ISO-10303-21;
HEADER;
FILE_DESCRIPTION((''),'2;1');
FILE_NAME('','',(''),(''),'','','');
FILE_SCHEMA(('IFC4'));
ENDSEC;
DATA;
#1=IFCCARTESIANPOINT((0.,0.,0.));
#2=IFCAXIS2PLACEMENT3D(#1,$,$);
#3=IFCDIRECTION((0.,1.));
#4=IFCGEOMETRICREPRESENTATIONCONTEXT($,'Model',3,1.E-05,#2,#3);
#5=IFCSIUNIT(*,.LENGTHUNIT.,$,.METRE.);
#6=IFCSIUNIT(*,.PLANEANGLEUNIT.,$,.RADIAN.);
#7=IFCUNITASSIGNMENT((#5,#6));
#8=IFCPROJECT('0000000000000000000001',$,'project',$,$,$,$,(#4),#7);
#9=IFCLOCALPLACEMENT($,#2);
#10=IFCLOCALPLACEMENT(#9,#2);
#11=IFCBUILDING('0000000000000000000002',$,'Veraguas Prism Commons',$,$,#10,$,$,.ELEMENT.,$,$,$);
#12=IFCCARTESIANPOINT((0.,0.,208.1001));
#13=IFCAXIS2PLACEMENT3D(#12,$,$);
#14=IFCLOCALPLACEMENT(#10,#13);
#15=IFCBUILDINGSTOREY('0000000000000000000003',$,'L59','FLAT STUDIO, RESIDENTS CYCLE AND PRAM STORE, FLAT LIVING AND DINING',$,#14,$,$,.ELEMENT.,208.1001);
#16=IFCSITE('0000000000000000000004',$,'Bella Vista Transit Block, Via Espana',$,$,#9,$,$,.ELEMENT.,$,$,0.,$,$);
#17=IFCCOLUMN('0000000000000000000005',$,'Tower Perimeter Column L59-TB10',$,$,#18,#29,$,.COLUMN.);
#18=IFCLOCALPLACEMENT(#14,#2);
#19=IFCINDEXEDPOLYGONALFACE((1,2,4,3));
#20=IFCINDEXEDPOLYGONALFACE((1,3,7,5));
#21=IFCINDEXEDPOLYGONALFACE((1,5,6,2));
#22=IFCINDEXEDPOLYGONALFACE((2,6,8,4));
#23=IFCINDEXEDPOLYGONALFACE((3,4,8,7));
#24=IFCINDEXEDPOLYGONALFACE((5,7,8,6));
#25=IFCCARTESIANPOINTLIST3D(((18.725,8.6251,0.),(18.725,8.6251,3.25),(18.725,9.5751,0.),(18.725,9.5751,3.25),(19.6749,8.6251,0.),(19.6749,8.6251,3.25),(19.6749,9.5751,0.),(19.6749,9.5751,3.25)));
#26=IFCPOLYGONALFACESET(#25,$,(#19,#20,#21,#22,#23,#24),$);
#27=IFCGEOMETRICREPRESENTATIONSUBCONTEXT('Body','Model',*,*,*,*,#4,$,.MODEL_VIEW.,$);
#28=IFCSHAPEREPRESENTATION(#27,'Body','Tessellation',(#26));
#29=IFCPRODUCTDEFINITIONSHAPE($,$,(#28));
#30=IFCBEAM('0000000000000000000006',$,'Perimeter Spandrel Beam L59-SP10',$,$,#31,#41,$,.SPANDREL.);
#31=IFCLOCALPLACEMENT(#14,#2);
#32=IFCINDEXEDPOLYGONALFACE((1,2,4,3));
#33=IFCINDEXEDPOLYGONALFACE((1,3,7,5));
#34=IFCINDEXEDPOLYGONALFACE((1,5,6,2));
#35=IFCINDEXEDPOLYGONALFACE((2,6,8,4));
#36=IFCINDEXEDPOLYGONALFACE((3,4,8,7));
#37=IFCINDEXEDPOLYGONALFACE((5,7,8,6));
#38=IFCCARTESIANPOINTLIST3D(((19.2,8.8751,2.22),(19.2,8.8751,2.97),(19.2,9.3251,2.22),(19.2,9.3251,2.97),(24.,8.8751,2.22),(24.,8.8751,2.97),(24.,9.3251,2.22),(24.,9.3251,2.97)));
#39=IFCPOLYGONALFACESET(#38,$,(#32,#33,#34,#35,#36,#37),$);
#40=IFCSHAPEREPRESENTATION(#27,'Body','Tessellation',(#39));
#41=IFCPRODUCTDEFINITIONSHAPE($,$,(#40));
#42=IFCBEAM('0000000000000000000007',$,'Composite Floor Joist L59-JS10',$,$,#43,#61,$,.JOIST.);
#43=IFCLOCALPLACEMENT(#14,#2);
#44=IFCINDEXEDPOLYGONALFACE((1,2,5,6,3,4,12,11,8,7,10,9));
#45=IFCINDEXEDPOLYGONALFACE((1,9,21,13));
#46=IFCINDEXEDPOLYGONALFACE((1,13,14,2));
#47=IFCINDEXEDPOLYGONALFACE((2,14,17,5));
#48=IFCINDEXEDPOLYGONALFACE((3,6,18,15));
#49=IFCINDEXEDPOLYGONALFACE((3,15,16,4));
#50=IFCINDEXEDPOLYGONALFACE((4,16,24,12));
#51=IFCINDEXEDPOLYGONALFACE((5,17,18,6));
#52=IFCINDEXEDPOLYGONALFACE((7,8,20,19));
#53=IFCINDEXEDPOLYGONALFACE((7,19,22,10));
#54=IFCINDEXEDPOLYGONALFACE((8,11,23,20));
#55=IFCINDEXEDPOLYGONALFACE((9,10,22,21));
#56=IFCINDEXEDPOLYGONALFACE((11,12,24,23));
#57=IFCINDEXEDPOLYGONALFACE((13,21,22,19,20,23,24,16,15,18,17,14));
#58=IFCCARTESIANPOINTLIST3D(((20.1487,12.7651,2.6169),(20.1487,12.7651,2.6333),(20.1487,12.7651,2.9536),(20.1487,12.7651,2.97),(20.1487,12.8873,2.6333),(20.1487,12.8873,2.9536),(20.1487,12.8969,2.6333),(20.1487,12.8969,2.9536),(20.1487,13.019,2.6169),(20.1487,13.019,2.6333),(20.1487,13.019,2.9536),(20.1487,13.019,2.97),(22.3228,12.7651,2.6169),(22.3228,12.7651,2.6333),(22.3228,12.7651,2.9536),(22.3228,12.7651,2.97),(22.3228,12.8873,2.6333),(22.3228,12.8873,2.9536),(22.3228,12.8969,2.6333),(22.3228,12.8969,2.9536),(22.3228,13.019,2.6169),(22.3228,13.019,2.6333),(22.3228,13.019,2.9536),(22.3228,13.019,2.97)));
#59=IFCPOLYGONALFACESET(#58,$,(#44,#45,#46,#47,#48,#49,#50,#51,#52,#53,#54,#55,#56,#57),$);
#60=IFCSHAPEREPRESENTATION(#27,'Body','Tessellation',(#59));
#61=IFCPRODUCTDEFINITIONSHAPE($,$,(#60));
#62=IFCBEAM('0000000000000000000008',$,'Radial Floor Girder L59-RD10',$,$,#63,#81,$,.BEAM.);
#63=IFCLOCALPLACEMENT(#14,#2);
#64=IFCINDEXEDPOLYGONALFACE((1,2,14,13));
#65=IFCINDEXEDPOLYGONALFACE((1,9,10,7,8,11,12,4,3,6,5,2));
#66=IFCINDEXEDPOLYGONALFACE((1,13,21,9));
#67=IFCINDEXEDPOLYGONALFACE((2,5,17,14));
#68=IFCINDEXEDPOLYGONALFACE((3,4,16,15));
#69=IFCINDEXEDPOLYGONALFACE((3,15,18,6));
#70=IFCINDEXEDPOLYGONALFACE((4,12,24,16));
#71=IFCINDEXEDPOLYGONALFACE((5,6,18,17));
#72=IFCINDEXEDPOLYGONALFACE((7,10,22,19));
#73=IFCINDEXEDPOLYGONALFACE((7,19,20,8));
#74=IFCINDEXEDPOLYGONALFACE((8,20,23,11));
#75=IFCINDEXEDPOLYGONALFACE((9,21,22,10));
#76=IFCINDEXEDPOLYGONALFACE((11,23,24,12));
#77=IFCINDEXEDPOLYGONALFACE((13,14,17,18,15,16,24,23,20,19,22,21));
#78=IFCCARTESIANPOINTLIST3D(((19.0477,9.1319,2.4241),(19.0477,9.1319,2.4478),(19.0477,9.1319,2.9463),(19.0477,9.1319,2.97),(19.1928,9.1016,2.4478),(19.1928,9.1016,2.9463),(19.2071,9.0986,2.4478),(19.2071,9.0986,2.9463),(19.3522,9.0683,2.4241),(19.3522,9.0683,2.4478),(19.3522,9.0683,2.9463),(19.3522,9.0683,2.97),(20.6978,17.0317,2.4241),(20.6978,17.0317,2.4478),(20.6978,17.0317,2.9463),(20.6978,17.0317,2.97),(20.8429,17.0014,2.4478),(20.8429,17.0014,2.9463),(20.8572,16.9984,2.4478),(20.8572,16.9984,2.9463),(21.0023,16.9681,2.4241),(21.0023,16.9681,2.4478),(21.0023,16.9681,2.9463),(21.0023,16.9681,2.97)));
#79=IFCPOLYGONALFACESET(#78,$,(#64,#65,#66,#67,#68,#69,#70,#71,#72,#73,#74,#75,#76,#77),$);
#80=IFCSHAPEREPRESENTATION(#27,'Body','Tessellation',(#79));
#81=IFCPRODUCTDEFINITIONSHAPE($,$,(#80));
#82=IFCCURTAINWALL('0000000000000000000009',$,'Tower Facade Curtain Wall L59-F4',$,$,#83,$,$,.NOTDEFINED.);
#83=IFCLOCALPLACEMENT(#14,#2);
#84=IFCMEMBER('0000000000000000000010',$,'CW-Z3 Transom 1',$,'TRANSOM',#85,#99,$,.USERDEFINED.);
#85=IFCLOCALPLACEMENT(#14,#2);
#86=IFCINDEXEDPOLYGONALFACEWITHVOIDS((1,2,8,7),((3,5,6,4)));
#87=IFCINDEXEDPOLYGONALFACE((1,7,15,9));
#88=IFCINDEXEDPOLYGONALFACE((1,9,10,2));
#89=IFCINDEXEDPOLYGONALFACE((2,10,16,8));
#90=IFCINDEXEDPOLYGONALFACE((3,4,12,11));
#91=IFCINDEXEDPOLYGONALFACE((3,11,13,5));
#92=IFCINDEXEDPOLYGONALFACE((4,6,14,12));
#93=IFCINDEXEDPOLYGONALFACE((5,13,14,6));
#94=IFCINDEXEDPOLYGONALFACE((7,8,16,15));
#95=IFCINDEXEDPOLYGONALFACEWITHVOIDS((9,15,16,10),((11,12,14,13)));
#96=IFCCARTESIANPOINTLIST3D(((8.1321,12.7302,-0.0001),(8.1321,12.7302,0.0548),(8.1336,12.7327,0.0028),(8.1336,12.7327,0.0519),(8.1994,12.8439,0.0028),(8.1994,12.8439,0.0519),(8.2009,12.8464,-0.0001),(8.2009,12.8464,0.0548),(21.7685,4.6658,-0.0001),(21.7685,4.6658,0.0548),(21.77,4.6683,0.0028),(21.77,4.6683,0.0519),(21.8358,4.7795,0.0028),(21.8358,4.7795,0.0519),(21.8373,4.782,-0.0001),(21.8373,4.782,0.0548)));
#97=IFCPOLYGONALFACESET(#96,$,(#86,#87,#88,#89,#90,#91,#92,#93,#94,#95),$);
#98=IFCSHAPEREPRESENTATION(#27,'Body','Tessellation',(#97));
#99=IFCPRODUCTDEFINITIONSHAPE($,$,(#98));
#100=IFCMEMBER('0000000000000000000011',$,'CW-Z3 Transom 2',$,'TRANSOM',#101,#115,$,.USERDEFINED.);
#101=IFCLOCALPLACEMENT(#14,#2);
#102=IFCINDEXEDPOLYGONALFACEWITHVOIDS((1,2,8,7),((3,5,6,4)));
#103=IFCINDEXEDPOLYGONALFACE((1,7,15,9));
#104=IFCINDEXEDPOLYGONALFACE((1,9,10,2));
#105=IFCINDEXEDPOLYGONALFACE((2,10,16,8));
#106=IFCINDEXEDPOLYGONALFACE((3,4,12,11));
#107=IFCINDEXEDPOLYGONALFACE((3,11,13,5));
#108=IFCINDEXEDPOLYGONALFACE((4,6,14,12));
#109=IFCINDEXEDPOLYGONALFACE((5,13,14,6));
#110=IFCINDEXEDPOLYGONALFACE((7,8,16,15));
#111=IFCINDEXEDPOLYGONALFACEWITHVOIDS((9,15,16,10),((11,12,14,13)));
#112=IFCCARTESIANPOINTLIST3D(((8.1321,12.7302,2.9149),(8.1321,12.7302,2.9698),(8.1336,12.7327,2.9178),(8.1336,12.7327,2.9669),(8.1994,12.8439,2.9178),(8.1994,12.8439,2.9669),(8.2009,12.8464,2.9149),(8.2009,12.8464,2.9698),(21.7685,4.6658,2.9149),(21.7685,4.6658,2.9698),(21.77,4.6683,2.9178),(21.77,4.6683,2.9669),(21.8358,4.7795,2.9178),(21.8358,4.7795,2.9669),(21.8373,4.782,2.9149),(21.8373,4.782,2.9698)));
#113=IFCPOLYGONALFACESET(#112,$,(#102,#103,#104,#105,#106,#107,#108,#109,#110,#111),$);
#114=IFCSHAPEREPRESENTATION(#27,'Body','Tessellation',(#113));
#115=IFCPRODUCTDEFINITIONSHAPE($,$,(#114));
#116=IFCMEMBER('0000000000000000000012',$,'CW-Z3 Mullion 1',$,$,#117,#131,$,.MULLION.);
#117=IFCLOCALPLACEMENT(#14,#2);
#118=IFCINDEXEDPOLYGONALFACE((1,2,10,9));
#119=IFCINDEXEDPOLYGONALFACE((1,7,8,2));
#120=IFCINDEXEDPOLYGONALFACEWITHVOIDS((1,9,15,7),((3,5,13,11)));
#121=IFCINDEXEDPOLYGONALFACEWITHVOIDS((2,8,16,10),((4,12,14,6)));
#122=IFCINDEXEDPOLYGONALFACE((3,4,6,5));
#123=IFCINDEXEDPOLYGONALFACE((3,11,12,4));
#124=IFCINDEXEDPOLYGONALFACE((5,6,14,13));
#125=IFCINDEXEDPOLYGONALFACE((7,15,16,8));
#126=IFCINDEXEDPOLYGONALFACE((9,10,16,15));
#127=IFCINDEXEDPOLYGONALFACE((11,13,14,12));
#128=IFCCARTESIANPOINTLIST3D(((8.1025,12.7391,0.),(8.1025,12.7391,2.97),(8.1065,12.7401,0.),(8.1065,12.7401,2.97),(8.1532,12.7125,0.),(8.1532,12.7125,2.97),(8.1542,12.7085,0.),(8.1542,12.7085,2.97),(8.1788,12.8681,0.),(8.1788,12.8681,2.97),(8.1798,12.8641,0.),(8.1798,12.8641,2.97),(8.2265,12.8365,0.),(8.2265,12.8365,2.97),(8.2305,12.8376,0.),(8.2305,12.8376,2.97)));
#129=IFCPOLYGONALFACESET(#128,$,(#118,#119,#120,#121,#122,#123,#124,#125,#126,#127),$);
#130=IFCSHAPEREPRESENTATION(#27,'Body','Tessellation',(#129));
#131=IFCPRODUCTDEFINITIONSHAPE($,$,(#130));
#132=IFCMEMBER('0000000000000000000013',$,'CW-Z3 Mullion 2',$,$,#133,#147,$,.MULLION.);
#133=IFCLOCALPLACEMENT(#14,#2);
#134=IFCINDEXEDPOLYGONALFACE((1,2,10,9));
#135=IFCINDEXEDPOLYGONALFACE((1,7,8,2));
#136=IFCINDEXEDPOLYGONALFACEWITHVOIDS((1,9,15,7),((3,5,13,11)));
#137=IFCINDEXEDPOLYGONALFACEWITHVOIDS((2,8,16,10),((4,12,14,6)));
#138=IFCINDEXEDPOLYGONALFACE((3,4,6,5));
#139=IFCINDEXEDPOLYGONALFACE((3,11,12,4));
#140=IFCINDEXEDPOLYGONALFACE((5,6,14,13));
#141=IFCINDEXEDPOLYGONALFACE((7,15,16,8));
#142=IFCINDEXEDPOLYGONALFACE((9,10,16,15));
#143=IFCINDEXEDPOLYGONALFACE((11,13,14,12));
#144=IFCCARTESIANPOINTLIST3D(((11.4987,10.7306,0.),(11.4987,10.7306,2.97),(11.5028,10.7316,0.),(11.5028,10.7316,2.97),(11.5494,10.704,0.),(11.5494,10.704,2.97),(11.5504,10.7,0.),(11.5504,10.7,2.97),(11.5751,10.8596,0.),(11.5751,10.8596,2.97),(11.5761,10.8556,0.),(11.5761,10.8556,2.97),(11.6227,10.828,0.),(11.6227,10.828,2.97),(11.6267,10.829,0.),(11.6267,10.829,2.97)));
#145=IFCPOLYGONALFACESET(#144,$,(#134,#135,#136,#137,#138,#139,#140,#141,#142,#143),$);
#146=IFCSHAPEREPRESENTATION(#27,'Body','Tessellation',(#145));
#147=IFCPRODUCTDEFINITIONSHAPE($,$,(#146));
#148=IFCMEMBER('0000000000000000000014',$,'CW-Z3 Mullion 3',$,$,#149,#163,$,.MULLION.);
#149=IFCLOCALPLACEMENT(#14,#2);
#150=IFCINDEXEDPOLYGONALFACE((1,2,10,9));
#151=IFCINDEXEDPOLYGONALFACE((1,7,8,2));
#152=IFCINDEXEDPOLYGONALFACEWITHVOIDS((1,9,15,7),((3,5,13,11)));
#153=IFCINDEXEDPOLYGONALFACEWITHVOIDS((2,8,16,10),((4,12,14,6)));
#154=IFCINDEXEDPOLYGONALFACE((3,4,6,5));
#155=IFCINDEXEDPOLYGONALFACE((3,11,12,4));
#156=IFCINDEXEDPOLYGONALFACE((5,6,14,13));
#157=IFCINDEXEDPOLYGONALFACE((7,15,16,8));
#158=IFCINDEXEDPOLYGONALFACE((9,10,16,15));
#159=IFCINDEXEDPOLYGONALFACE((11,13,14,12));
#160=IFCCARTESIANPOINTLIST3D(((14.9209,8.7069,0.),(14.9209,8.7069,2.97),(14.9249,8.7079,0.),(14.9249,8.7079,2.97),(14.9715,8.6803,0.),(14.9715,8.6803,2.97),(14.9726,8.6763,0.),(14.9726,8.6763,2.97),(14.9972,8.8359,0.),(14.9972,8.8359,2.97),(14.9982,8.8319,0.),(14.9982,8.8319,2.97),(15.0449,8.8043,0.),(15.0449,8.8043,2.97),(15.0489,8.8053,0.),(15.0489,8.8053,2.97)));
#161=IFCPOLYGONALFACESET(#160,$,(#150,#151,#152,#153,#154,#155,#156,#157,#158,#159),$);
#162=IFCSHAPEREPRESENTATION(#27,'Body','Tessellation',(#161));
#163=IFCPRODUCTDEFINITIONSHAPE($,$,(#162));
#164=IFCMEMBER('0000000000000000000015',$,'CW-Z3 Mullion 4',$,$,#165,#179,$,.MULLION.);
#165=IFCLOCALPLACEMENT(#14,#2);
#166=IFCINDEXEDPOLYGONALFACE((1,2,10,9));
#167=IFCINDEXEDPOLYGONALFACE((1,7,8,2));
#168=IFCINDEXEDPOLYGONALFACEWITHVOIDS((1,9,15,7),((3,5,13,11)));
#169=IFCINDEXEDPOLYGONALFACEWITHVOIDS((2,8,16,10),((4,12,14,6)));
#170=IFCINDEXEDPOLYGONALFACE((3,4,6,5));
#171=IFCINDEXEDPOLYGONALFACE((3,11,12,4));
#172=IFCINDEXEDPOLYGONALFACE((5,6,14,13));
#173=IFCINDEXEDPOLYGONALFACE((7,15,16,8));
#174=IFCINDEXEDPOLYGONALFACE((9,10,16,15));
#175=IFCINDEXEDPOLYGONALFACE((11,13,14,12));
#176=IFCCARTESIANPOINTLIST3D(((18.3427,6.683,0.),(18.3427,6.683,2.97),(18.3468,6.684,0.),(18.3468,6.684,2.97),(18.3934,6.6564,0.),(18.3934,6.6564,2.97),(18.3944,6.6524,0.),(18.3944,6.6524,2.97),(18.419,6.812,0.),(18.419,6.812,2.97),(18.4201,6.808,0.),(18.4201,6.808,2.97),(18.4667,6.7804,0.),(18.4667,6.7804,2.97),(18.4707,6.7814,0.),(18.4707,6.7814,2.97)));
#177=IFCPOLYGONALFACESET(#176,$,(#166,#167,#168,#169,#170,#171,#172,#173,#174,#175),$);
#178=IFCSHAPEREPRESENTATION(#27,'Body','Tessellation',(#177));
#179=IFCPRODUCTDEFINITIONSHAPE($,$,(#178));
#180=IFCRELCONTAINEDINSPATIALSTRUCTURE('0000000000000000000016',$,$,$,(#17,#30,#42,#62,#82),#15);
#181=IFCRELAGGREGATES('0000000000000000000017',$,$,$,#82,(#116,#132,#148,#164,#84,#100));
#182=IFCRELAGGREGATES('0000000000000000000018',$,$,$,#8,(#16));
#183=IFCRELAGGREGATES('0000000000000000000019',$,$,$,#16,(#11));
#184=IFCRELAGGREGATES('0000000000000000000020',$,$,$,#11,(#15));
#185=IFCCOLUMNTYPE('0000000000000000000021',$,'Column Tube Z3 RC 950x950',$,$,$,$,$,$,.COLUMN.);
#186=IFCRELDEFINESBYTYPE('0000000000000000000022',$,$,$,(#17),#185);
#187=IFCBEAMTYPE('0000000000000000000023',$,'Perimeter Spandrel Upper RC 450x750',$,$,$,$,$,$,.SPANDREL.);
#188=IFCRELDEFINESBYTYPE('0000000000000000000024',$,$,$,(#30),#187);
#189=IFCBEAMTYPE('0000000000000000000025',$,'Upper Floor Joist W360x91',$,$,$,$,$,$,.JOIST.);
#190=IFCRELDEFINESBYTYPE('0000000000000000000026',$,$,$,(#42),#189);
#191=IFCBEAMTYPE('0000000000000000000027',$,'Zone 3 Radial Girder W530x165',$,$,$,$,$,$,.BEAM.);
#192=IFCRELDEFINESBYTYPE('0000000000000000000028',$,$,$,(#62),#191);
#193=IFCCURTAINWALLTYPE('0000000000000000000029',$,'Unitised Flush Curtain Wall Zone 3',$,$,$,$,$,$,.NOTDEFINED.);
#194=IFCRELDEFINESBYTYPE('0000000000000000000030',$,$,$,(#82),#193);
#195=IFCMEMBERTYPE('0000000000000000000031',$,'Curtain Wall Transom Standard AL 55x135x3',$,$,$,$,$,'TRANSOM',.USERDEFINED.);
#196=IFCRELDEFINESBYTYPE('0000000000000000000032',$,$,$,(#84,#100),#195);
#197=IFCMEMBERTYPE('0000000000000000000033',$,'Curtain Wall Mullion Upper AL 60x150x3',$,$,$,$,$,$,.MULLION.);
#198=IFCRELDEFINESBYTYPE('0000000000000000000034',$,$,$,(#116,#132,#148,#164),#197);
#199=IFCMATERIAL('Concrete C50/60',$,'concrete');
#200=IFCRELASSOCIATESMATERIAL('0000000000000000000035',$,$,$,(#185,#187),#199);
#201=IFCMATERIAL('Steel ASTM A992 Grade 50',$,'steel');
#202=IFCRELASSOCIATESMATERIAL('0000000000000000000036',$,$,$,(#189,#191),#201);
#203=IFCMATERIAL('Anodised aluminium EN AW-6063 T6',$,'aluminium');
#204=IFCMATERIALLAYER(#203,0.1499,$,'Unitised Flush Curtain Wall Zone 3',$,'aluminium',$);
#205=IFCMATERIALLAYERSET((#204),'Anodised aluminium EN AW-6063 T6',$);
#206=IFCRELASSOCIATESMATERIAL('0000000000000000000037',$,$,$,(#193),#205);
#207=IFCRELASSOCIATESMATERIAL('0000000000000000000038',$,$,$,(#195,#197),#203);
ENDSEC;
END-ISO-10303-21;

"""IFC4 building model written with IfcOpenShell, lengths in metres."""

from ifc_helpers import new_model, si_unit, direction, frame, origin, origin_2d, place, context, subcontext, project, spatial, rectangle, hollow_rectangle, i_section, extrude, source, transform, mapped, material, layer, layer_set, material_profile, profile_set, type_object, element, aggregate, save


model = new_model("IFC4")

# Units and contexts
model_context = context("Model", 3, precision=1e-05, world=origin(), true_north=direction((0.0, 1.0)))
body_context = subcontext(model_context, "Body", "Model", "MODEL_VIEW")
ifc_project = project(units=[si_unit("LENGTHUNIT", "METRE"), si_unit("PLANEANGLEUNIT", "RADIAN")], contexts=[model_context])

# Site, building, storey
site_placement = place(None, origin())
site = spatial("IfcSite", under=ifc_project, at=site_placement, Name="Bella Vista Transit Block, Via Espana", CompositionType="ELEMENT", RefElevation=0.0)
building_placement = place(site_placement, origin())
building = spatial("IfcBuilding", under=site, at=building_placement, Name="Veraguas Prism Commons", CompositionType="ELEMENT")
storey_placement = place(building_placement, frame((0.0, 0.0, 208.1001)))
storey = spatial("IfcBuildingStorey", under=building, at=storey_placement, Name="L59", Description="FLAT STUDIO, RESIDENTS CYCLE AND PRAM STORE, FLAT LIVING AND DINING", CompositionType="ELEMENT", Elevation=208.1001)

# Column
ifc_material_1 = material(Name="Concrete C50/60", Category="concrete")
ifc_material_profile_1 = material_profile(ifc_material_1, rectangle(XDim=0.95, YDim=0.95, at=origin_2d()), Name="RC950X950")
ifc_profile_set_1 = profile_set([ifc_material_profile_1], Name="Concrete C50/60")
column_type = type_object("IfcColumnType", Name="Column Tube Z3 RC 950x950", PredefinedType="COLUMN", material=ifc_profile_set_1)
column_placement = place(storey_placement, frame((19.2, 9.1001, 0.0), z_axis=(0.0, 0.0, 1.0), x_axis=(1.0, 0.0, 0.0)))
element("IfcColumn", 1, at=column_placement, inside=storey, type_object=column_type, Name="Tower Perimeter Column L59-TB10", PredefinedType="COLUMN", context=body_context, shape_type="SweptSolid", body=[
    extrude(rectangle(XDim=0.95, YDim=0.95, at=origin_2d()), origin(), (0.0, 0.0, 1.0), 3.25),
])

# Beams
ifc_material_profile_2 = material_profile(ifc_material_1, rectangle(XDim=0.45, YDim=0.75, at=origin_2d()), Name="RC450X750")
ifc_profile_set_2 = profile_set([ifc_material_profile_2], Name="Concrete C50/60")
beam_type_1 = type_object("IfcBeamType", Name="Perimeter Spandrel Upper RC 450x750", PredefinedType="SPANDREL", material=ifc_profile_set_2)
beam_1_placement = place(storey_placement, frame((19.2, 9.1001, 2.595), z_axis=(1.0, 0.0, 0.0), x_axis=(0.0, 1.0, 0.0)))
element("IfcBeam", 2, at=beam_1_placement, inside=storey, type_object=beam_type_1, Name="Perimeter Spandrel Beam L59-SP10", PredefinedType="SPANDREL", context=body_context, shape_type="SweptSolid", body=[
    extrude(rectangle(XDim=0.45, YDim=0.75, at=origin_2d()), origin(), (0.0, 0.0, 1.0), 4.8),
])
ifc_material_2 = material(Name="Steel ASTM A992 Grade 50", Category="steel")
ifc_material_profile_3 = material_profile(ifc_material_2, i_section(OverallWidth=0.2539, OverallDepth=0.353, WebThickness=0.0095, FlangeThickness=0.0164, at=origin_2d()), Name="W360X91")
ifc_profile_set_3 = profile_set([ifc_material_profile_3], Name="Steel ASTM A992 Grade 50")
beam_type_2 = type_object("IfcBeamType", Name="Upper Floor Joist W360x91", PredefinedType="JOIST", material=ifc_profile_set_3)
beam_2_placement = place(storey_placement, frame((20.1487, 12.8921, 2.7935), z_axis=(1.0, 0.0, 0.0), x_axis=(0.0, 1.0, 0.0)))
element("IfcBeam", 3, at=beam_2_placement, inside=storey, type_object=beam_type_2, Name="Composite Floor Joist L59-JS10", PredefinedType="JOIST", context=body_context, shape_type="SweptSolid", body=[
    extrude(i_section(OverallWidth=0.2539, OverallDepth=0.353, WebThickness=0.0095, FlangeThickness=0.0164, at=origin_2d()), origin(), (0.0, 0.0, 1.0), 2.1741),
])
ifc_material_profile_4 = material_profile(ifc_material_2, i_section(OverallWidth=0.311, OverallDepth=0.5459, WebThickness=0.0146, FlangeThickness=0.0237, at=origin_2d()), Name="W530X165")
ifc_profile_set_4 = profile_set([ifc_material_profile_4], Name="Steel ASTM A992 Grade 50")
beam_type_3 = type_object("IfcBeamType", Name="Zone 3 Radial Girder W530x165", PredefinedType="BEAM", material=ifc_profile_set_4)
beam_3_placement = place(storey_placement, frame((19.2, 9.1001, 2.697), z_axis=(0.204469, 0.978873, 0.0), x_axis=(-0.978873, 0.204469, 0.0)))
element("IfcBeam", 4, at=beam_3_placement, inside=storey, type_object=beam_type_3, Name="Radial Floor Girder L59-RD10", PredefinedType="BEAM", context=body_context, shape_type="SweptSolid", body=[
    extrude(i_section(OverallWidth=0.311, OverallDepth=0.5459, WebThickness=0.0146, FlangeThickness=0.0237, at=origin_2d()), origin(), (0.0, 0.0, 1.0), 8.0703),
])

# Curtain wall, members
ifc_material_3 = material(Name="Anodised aluminium EN AW-6063 T6", Category="aluminium")
ifc_layer_1 = layer(ifc_material_3, 0.1499, Name="Unitised Flush Curtain Wall Zone 3", Category="aluminium")
ifc_layer_set_1 = layer_set([ifc_layer_1], Name="Anodised aluminium EN AW-6063 T6")
curtain_wall_type = type_object("IfcCurtainWallType", Name="Unitised Flush Curtain Wall Zone 3", PredefinedType="NOTDEFINED", material=ifc_layer_set_1)
curtain_wall_placement = place(storey_placement, origin())
curtain_wall = element("IfcCurtainWall", 5, at=curtain_wall_placement, inside=storey, type_object=curtain_wall_type, Name="Tower Facade Curtain Wall L59-F4", PredefinedType="NOTDEFINED")
ifc_material_profile_5 = material_profile(ifc_material_3, hollow_rectangle(XDim=0.0549, YDim=0.135, WallThickness=0.0029, at=origin_2d()), Name="AL55X135X3")
ifc_profile_set_5 = profile_set([ifc_material_profile_5], Name="Anodised aluminium EN AW-6063 T6")
member_type_1 = type_object("IfcMemberType", Name="Curtain Wall Transom Standard AL 55x135x3", ElementType="TRANSOM", PredefinedType="USERDEFINED", material=ifc_profile_set_5)
shared_shape_1 = source(origin(), body_context, "Body", "SweptSolid", [
    extrude(hollow_rectangle(XDim=0.0549, YDim=0.135, WallThickness=0.0029, at=origin_2d()), origin(), (0.0, 0.0, 1.0), 15.8425),
])
member_1_placement = place(storey_placement, frame((8.1665, 12.7883, 0.0273), z_axis=(0.860746, -0.509035, 0.0), x_axis=(0.0, 0.0, 1.0)))
member_1 = element("IfcMember", 6, at=member_1_placement, type_object=member_type_1, Name="CW-Z3 Transom 1", ObjectType="TRANSOM", PredefinedType="USERDEFINED", context=body_context, shape_type="MappedRepresentation", body=[
    mapped(shared_shape_1, transform((0.0, 0.0, 0.0), scale=1.0)),
])
member_2_placement = place(storey_placement, frame((8.1665, 12.7883, 2.9424), z_axis=(0.860746, -0.509035, 0.0), x_axis=(0.0, 0.0, 1.0)))
member_2 = element("IfcMember", 7, at=member_2_placement, type_object=member_type_1, Name="CW-Z3 Transom 2", ObjectType="TRANSOM", PredefinedType="USERDEFINED", context=body_context, shape_type="MappedRepresentation", body=[
    mapped(shared_shape_1, transform((0.0, 0.0, 0.0), scale=1.0)),
])
ifc_material_profile_6 = material_profile(ifc_material_3, hollow_rectangle(XDim=0.0601, YDim=0.1499, WallThickness=0.0029, at=origin_2d()), Name="AL60X150X3")
ifc_profile_set_6 = profile_set([ifc_material_profile_6], Name="Anodised aluminium EN AW-6063 T6")
member_type_2 = type_object("IfcMemberType", Name="Curtain Wall Mullion Upper AL 60x150x3", PredefinedType="MULLION", material=ifc_profile_set_6)
shared_shape_2 = source(origin(), body_context, "Body", "SweptSolid", [
    extrude(hollow_rectangle(XDim=0.0601, YDim=0.1499, WallThickness=0.0029, at=origin_2d()), origin(), (0.0, 0.0, 1.0), 2.97),
])
member_3_placement = place(storey_placement, frame((8.1665, 12.7883, 0.0), z_axis=(0.0, 0.0, 1.0), x_axis=(0.860741, -0.509043, 0.0)))
member_3 = element("IfcMember", 8, at=member_3_placement, type_object=member_type_2, Name="CW-Z3 Mullion 1", PredefinedType="MULLION", context=body_context, shape_type="MappedRepresentation", body=[
    mapped(shared_shape_2, transform((0.0, 0.0, 0.0), scale=1.0)),
])
member_4_placement = place(storey_placement, frame((11.5627, 10.7798, 0.0), z_axis=(0.0, 0.0, 1.0), x_axis=(0.860741, -0.509043, 0.0)))
member_4 = element("IfcMember", 9, at=member_4_placement, type_object=member_type_2, Name="CW-Z3 Mullion 2", PredefinedType="MULLION", context=body_context, shape_type="MappedRepresentation", body=[
    mapped(shared_shape_2, transform((0.0, 0.0, 0.0), scale=1.0)),
])
member_5_placement = place(storey_placement, frame((14.9849, 8.7561, 0.0), z_axis=(0.0, 0.0, 1.0), x_axis=(0.860741, -0.509043, 0.0)))
member_5 = element("IfcMember", 10, at=member_5_placement, type_object=member_type_2, Name="CW-Z3 Mullion 3", PredefinedType="MULLION", context=body_context, shape_type="MappedRepresentation", body=[
    mapped(shared_shape_2, transform((0.0, 0.0, 0.0), scale=1.0)),
])
member_6_placement = place(storey_placement, frame((18.4067, 6.7322, 0.0), z_axis=(0.0, 0.0, 1.0), x_axis=(0.860741, -0.509043, 0.0)))
member_6 = element("IfcMember", 11, at=member_6_placement, type_object=member_type_2, Name="CW-Z3 Mullion 4", PredefinedType="MULLION", context=body_context, shape_type="MappedRepresentation", body=[
    mapped(shared_shape_2, transform((0.0, 0.0, 0.0), scale=1.0)),
])

aggregate(curtain_wall, [member_3, member_4, member_5, member_6, member_1, member_2])

save(model, "model.ifc")
